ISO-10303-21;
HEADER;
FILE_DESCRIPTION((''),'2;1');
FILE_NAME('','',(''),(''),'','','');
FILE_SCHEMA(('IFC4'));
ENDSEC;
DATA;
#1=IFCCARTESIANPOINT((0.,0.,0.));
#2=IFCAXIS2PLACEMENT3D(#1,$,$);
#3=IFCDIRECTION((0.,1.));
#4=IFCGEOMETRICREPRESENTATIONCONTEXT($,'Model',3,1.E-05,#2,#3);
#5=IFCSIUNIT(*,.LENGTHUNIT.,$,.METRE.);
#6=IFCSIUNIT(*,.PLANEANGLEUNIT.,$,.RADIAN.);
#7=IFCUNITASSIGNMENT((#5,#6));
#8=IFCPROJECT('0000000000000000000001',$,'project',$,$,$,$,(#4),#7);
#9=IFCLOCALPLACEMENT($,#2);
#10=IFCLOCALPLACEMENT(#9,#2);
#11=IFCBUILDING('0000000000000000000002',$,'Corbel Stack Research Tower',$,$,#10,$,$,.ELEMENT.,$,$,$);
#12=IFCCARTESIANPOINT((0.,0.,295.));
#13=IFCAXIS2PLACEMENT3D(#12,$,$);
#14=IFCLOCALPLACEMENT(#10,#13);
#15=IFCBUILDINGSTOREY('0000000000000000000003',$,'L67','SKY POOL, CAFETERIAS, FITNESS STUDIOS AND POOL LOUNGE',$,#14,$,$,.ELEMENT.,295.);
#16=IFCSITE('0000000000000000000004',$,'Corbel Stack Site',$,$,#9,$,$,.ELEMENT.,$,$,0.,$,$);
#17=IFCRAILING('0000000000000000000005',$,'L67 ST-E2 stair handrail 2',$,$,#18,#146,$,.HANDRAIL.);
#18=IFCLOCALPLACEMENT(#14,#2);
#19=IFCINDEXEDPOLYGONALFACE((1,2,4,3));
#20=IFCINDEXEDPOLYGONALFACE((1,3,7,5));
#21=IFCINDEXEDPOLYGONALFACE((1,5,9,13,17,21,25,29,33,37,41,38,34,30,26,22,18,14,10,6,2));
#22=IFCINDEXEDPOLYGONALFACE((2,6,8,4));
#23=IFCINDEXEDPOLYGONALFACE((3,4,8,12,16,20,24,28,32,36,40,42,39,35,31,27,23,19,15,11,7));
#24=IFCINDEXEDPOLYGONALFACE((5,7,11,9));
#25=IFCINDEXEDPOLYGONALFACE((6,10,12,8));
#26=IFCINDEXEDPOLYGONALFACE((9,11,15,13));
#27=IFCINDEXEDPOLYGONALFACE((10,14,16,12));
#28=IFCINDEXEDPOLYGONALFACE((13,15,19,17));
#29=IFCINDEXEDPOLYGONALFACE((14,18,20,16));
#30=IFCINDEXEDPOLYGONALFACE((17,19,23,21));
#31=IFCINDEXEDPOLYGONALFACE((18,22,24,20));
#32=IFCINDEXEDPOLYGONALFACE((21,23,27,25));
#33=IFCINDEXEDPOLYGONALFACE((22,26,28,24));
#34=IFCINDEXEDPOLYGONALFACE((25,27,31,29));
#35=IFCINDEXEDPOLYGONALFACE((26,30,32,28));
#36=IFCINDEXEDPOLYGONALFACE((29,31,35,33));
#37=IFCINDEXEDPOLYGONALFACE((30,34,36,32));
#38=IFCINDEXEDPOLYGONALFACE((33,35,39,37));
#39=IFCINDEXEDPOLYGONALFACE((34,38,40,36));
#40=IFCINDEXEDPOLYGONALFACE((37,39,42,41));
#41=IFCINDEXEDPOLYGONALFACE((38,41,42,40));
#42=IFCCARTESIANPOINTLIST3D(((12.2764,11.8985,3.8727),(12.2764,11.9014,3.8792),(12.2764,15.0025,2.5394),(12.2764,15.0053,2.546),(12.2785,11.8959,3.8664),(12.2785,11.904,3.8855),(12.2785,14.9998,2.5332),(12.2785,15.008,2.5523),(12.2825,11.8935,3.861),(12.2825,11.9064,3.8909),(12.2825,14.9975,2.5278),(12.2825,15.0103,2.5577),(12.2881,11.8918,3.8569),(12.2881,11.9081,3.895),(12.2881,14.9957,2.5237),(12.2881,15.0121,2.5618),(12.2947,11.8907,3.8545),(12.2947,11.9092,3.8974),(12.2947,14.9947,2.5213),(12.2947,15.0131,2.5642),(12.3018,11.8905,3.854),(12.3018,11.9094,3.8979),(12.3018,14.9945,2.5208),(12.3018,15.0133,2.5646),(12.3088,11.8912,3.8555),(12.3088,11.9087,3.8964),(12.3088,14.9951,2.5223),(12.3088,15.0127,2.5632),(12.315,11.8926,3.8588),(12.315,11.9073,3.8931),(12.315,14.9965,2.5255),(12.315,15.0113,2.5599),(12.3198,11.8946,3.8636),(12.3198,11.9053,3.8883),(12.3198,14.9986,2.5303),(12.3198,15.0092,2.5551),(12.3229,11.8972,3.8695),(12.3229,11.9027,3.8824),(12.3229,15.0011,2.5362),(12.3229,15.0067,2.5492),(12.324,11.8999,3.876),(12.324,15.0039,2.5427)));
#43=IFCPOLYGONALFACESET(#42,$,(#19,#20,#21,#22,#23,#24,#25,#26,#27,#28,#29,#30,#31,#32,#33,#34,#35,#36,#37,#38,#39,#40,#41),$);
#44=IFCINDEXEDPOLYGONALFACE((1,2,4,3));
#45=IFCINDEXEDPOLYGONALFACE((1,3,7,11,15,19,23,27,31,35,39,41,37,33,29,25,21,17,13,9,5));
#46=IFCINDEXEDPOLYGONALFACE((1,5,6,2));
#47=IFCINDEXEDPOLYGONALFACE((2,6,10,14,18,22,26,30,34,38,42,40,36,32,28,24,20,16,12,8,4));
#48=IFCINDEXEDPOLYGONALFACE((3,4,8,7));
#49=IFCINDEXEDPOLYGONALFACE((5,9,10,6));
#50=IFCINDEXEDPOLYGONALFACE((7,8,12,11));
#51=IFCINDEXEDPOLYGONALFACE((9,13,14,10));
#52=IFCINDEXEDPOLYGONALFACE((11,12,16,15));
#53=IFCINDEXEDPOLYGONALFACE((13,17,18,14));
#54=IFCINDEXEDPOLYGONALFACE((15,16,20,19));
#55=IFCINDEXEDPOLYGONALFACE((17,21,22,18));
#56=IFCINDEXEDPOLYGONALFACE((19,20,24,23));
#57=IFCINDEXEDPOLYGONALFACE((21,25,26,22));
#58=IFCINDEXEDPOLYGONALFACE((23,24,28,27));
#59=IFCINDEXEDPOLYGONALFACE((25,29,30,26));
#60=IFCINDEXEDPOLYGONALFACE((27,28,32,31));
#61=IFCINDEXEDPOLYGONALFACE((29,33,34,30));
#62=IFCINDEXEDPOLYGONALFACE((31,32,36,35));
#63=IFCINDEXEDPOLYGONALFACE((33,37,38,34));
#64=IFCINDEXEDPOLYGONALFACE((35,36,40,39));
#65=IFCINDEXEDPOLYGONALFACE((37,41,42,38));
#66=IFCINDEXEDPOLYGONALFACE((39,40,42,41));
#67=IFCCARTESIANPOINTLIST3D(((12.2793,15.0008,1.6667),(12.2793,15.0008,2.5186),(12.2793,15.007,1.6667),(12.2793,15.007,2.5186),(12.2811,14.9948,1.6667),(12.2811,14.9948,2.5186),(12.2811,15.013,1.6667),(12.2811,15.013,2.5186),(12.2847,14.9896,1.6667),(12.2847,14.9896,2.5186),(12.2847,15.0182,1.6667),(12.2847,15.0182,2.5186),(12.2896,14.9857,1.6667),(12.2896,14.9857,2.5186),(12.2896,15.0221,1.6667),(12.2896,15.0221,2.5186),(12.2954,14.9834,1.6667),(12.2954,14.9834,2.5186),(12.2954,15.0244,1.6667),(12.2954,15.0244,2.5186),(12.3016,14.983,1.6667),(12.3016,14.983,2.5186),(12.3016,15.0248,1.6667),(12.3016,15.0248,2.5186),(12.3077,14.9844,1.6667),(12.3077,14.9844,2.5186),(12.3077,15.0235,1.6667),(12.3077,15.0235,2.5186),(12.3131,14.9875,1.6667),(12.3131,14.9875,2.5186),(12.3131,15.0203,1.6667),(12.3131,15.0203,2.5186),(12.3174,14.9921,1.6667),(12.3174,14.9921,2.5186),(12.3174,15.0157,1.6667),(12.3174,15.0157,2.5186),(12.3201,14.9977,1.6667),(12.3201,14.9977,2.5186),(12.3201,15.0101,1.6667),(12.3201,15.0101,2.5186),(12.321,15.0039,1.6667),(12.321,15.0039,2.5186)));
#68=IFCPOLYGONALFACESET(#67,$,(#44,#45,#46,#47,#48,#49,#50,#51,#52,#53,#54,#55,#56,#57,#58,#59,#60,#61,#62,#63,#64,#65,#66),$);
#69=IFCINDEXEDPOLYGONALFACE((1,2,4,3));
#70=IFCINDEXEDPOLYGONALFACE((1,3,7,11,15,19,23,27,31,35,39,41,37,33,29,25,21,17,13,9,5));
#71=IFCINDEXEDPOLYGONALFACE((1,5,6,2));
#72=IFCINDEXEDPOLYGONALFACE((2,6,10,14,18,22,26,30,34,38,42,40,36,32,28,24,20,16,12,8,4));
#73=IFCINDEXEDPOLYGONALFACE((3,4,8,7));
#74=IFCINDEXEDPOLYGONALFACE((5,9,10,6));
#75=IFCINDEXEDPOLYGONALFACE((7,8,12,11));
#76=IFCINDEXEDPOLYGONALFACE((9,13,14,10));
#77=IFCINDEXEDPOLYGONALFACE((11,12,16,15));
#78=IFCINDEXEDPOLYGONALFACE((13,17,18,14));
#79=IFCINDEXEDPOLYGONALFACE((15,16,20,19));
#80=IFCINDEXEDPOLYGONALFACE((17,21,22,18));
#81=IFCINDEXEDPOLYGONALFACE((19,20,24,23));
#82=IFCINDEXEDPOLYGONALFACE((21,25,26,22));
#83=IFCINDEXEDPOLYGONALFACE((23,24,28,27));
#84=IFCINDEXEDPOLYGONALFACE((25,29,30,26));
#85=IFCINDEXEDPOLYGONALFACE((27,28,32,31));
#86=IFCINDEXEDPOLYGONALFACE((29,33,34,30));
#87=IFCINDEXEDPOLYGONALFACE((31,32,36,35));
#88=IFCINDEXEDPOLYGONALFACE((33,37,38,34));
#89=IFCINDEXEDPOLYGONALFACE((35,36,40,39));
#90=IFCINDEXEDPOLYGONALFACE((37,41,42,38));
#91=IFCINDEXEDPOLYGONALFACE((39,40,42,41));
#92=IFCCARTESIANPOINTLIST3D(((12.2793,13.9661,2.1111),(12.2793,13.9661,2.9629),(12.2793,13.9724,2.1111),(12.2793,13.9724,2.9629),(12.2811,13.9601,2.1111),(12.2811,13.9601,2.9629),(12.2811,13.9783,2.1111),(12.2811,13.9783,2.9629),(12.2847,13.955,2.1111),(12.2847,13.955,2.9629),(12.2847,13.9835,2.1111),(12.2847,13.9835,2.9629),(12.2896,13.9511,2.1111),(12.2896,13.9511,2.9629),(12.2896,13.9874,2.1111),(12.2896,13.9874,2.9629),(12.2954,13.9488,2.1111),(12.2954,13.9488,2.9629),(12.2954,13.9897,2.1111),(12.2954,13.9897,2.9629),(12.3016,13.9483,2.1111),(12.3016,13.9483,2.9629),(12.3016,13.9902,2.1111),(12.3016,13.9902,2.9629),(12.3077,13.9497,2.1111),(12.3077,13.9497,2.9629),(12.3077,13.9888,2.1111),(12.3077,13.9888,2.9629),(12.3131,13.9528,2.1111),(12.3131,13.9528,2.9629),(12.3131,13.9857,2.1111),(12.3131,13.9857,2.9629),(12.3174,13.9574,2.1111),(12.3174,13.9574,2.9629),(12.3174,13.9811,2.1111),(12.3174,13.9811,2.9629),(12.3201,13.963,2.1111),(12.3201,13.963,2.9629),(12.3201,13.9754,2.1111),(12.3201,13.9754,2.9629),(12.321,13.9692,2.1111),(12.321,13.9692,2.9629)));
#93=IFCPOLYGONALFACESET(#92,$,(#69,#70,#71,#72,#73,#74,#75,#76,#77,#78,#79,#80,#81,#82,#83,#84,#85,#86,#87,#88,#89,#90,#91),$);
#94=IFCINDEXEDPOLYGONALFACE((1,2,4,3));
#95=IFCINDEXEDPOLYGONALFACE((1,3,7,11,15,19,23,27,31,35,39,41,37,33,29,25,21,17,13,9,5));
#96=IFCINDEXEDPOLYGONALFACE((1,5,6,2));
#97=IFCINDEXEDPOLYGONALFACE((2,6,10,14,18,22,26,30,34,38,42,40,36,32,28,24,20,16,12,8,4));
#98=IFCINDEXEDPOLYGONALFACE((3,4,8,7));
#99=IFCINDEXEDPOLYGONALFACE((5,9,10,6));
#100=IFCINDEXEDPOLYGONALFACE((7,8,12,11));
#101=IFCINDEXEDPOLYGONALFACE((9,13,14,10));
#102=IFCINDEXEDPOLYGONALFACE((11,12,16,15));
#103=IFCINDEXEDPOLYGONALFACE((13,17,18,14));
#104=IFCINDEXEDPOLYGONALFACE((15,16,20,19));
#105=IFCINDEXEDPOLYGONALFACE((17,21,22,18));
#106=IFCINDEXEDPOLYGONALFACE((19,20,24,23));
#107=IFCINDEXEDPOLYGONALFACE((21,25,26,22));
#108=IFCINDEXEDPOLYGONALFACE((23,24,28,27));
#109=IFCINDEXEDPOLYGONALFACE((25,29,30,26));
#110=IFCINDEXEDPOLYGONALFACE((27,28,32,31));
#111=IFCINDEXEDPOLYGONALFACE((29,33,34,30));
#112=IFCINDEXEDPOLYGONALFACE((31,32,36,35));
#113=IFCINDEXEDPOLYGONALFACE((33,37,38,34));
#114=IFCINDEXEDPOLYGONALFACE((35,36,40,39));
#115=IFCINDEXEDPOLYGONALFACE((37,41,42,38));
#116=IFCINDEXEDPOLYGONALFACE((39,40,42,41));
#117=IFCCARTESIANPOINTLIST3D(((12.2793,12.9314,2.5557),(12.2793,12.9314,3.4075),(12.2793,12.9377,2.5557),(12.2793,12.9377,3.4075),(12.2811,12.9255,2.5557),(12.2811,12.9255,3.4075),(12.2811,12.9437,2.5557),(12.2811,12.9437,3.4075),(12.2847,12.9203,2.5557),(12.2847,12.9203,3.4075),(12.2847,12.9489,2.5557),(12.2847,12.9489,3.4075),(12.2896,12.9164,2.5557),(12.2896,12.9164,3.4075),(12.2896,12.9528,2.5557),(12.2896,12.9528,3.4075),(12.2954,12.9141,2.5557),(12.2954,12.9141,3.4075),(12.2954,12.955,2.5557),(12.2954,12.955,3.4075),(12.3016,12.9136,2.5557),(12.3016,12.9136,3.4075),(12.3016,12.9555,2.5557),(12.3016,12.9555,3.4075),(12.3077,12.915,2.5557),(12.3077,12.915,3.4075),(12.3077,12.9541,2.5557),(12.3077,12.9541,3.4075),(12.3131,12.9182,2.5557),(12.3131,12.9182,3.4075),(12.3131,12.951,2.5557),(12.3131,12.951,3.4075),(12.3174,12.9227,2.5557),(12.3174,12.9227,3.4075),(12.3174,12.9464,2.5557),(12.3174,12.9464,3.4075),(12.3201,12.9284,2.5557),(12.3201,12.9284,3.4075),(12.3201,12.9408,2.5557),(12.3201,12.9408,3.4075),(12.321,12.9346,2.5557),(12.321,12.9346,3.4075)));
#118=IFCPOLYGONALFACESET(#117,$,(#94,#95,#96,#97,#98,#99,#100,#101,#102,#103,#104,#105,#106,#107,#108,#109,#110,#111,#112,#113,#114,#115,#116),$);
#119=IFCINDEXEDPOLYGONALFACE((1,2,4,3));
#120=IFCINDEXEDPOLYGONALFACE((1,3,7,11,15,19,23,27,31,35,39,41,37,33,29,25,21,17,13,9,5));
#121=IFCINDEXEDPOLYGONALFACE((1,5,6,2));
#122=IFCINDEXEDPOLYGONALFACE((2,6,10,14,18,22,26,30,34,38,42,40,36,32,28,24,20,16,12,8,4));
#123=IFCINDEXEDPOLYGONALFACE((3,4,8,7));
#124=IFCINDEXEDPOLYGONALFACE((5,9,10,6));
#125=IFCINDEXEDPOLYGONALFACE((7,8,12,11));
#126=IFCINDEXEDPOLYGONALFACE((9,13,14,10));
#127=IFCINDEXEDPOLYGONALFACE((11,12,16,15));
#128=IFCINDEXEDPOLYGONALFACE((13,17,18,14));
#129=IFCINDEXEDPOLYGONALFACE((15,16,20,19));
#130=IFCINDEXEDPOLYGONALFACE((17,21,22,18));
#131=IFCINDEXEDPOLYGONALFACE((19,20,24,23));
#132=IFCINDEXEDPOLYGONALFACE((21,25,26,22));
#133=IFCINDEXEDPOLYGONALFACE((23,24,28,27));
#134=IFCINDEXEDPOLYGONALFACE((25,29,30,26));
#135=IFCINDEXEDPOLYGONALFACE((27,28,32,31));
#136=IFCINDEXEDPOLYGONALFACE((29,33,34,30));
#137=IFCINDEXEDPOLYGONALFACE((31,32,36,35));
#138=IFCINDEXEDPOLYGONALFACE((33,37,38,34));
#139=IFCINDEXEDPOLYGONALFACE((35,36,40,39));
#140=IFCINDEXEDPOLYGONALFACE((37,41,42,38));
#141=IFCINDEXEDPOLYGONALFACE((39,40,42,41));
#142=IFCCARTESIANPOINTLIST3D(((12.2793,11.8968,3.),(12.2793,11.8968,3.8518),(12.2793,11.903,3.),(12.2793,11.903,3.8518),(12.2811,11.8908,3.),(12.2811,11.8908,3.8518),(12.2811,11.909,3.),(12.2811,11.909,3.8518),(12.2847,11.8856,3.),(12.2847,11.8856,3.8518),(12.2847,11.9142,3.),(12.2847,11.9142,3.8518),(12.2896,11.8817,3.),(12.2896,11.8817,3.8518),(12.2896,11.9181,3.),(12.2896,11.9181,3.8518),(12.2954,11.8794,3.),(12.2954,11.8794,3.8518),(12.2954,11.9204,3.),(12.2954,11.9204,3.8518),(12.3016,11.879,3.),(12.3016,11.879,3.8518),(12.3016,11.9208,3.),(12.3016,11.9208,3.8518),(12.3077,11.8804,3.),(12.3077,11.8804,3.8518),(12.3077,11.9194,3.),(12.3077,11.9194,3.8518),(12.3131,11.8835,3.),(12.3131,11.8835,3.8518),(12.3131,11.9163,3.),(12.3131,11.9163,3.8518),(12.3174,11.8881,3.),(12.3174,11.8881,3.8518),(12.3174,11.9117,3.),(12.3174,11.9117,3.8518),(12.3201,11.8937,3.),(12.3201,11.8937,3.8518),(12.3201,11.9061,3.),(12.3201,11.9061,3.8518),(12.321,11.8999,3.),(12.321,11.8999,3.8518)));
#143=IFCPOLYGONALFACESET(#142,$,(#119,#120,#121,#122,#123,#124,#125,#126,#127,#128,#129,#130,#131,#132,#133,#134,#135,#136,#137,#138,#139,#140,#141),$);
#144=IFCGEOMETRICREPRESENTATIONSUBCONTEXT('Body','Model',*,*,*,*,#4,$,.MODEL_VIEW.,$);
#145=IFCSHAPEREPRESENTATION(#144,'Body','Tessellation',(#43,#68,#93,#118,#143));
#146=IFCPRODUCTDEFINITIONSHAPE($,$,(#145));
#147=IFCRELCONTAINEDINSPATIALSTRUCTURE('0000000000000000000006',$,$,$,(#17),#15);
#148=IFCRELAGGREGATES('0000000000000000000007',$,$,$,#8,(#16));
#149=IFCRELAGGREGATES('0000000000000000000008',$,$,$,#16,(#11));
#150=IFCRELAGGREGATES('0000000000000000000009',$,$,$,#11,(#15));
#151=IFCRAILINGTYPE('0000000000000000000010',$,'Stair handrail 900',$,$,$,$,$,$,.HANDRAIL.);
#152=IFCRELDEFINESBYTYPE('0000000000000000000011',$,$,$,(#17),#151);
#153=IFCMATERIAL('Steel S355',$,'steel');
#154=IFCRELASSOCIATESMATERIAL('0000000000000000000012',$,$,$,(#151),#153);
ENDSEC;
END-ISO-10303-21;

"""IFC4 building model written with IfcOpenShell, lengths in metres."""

from ifc_helpers import new_model, si_unit, direction, frame, origin, origin_2d, place, context, subcontext, project, spatial, circle, extrude, material, type_object, element, save


model = new_model("IFC4")

# Units and contexts
model_context = context("Model", 3, precision=1e-05, world=origin(), true_north=direction((0.0, 1.0)))
body_context = subcontext(model_context, "Body", "Model", "MODEL_VIEW")
ifc_project = project(units=[si_unit("LENGTHUNIT", "METRE"), si_unit("PLANEANGLEUNIT", "RADIAN")], contexts=[model_context])

# Site, building, storey
site_placement = place(None, origin())
site = spatial("IfcSite", under=ifc_project, at=site_placement, Name="Corbel Stack Site", CompositionType="ELEMENT", RefElevation=0.0)
building_placement = place(site_placement, origin())
building = spatial("IfcBuilding", under=site, at=building_placement, Name="Corbel Stack Research Tower", CompositionType="ELEMENT")
storey_placement = place(building_placement, frame((0.0, 0.0, 295.0)))
storey = spatial("IfcBuildingStorey", under=building, at=storey_placement, Name="L67", Description="SKY POOL, CAFETERIAS, FITNESS STUDIOS AND POOL LOUNGE", CompositionType="ELEMENT", Elevation=295.0)

# Railing
ifc_material_1 = material(Name="Steel S355", Category="steel")
railing_type = type_object("IfcRailingType", Name="Stair handrail 900", PredefinedType="HANDRAIL", material=ifc_material_1)
for number, where, name in (
    (1, (12.3, 15.0039, 1.6667), "L67 ST-E2 stair handrail 2"),
):
    element("IfcRailing", number, at=place(storey_placement, frame(where)), inside=storey, type_object=railing_type, Name=name, PredefinedType="HANDRAIL", context=body_context, shape_type="SweptSolid", body=[
        extrude(circle(Radius=0.0239, at=origin_2d()), frame((0.0, 0.0, 0.876), z_axis=(0.0, -0.918827, 0.394661), x_axis=(1.0, 0.0, 0.0)), (0.0, 0.0, 1.0), 3.3782),
        extrude(circle(Radius=0.021, at=origin_2d()), origin(), (0.0, 0.0, 1.0), 0.8518),
        extrude(circle(Radius=0.021, at=origin_2d()), frame((0.0, -1.0347, 0.4443)), (0.0, 0.0, 1.0), 0.8518),
        extrude(circle(Radius=0.021, at=origin_2d()), frame((0.0, -2.0693, 0.8889)), (0.0, 0.0, 1.0), 0.8518),
        extrude(circle(Radius=0.021, at=origin_2d()), frame((0.0, -3.104, 1.3333)), (0.0, 0.0, 1.0), 0.8518),
    ])

save(model, "model.ifc")
